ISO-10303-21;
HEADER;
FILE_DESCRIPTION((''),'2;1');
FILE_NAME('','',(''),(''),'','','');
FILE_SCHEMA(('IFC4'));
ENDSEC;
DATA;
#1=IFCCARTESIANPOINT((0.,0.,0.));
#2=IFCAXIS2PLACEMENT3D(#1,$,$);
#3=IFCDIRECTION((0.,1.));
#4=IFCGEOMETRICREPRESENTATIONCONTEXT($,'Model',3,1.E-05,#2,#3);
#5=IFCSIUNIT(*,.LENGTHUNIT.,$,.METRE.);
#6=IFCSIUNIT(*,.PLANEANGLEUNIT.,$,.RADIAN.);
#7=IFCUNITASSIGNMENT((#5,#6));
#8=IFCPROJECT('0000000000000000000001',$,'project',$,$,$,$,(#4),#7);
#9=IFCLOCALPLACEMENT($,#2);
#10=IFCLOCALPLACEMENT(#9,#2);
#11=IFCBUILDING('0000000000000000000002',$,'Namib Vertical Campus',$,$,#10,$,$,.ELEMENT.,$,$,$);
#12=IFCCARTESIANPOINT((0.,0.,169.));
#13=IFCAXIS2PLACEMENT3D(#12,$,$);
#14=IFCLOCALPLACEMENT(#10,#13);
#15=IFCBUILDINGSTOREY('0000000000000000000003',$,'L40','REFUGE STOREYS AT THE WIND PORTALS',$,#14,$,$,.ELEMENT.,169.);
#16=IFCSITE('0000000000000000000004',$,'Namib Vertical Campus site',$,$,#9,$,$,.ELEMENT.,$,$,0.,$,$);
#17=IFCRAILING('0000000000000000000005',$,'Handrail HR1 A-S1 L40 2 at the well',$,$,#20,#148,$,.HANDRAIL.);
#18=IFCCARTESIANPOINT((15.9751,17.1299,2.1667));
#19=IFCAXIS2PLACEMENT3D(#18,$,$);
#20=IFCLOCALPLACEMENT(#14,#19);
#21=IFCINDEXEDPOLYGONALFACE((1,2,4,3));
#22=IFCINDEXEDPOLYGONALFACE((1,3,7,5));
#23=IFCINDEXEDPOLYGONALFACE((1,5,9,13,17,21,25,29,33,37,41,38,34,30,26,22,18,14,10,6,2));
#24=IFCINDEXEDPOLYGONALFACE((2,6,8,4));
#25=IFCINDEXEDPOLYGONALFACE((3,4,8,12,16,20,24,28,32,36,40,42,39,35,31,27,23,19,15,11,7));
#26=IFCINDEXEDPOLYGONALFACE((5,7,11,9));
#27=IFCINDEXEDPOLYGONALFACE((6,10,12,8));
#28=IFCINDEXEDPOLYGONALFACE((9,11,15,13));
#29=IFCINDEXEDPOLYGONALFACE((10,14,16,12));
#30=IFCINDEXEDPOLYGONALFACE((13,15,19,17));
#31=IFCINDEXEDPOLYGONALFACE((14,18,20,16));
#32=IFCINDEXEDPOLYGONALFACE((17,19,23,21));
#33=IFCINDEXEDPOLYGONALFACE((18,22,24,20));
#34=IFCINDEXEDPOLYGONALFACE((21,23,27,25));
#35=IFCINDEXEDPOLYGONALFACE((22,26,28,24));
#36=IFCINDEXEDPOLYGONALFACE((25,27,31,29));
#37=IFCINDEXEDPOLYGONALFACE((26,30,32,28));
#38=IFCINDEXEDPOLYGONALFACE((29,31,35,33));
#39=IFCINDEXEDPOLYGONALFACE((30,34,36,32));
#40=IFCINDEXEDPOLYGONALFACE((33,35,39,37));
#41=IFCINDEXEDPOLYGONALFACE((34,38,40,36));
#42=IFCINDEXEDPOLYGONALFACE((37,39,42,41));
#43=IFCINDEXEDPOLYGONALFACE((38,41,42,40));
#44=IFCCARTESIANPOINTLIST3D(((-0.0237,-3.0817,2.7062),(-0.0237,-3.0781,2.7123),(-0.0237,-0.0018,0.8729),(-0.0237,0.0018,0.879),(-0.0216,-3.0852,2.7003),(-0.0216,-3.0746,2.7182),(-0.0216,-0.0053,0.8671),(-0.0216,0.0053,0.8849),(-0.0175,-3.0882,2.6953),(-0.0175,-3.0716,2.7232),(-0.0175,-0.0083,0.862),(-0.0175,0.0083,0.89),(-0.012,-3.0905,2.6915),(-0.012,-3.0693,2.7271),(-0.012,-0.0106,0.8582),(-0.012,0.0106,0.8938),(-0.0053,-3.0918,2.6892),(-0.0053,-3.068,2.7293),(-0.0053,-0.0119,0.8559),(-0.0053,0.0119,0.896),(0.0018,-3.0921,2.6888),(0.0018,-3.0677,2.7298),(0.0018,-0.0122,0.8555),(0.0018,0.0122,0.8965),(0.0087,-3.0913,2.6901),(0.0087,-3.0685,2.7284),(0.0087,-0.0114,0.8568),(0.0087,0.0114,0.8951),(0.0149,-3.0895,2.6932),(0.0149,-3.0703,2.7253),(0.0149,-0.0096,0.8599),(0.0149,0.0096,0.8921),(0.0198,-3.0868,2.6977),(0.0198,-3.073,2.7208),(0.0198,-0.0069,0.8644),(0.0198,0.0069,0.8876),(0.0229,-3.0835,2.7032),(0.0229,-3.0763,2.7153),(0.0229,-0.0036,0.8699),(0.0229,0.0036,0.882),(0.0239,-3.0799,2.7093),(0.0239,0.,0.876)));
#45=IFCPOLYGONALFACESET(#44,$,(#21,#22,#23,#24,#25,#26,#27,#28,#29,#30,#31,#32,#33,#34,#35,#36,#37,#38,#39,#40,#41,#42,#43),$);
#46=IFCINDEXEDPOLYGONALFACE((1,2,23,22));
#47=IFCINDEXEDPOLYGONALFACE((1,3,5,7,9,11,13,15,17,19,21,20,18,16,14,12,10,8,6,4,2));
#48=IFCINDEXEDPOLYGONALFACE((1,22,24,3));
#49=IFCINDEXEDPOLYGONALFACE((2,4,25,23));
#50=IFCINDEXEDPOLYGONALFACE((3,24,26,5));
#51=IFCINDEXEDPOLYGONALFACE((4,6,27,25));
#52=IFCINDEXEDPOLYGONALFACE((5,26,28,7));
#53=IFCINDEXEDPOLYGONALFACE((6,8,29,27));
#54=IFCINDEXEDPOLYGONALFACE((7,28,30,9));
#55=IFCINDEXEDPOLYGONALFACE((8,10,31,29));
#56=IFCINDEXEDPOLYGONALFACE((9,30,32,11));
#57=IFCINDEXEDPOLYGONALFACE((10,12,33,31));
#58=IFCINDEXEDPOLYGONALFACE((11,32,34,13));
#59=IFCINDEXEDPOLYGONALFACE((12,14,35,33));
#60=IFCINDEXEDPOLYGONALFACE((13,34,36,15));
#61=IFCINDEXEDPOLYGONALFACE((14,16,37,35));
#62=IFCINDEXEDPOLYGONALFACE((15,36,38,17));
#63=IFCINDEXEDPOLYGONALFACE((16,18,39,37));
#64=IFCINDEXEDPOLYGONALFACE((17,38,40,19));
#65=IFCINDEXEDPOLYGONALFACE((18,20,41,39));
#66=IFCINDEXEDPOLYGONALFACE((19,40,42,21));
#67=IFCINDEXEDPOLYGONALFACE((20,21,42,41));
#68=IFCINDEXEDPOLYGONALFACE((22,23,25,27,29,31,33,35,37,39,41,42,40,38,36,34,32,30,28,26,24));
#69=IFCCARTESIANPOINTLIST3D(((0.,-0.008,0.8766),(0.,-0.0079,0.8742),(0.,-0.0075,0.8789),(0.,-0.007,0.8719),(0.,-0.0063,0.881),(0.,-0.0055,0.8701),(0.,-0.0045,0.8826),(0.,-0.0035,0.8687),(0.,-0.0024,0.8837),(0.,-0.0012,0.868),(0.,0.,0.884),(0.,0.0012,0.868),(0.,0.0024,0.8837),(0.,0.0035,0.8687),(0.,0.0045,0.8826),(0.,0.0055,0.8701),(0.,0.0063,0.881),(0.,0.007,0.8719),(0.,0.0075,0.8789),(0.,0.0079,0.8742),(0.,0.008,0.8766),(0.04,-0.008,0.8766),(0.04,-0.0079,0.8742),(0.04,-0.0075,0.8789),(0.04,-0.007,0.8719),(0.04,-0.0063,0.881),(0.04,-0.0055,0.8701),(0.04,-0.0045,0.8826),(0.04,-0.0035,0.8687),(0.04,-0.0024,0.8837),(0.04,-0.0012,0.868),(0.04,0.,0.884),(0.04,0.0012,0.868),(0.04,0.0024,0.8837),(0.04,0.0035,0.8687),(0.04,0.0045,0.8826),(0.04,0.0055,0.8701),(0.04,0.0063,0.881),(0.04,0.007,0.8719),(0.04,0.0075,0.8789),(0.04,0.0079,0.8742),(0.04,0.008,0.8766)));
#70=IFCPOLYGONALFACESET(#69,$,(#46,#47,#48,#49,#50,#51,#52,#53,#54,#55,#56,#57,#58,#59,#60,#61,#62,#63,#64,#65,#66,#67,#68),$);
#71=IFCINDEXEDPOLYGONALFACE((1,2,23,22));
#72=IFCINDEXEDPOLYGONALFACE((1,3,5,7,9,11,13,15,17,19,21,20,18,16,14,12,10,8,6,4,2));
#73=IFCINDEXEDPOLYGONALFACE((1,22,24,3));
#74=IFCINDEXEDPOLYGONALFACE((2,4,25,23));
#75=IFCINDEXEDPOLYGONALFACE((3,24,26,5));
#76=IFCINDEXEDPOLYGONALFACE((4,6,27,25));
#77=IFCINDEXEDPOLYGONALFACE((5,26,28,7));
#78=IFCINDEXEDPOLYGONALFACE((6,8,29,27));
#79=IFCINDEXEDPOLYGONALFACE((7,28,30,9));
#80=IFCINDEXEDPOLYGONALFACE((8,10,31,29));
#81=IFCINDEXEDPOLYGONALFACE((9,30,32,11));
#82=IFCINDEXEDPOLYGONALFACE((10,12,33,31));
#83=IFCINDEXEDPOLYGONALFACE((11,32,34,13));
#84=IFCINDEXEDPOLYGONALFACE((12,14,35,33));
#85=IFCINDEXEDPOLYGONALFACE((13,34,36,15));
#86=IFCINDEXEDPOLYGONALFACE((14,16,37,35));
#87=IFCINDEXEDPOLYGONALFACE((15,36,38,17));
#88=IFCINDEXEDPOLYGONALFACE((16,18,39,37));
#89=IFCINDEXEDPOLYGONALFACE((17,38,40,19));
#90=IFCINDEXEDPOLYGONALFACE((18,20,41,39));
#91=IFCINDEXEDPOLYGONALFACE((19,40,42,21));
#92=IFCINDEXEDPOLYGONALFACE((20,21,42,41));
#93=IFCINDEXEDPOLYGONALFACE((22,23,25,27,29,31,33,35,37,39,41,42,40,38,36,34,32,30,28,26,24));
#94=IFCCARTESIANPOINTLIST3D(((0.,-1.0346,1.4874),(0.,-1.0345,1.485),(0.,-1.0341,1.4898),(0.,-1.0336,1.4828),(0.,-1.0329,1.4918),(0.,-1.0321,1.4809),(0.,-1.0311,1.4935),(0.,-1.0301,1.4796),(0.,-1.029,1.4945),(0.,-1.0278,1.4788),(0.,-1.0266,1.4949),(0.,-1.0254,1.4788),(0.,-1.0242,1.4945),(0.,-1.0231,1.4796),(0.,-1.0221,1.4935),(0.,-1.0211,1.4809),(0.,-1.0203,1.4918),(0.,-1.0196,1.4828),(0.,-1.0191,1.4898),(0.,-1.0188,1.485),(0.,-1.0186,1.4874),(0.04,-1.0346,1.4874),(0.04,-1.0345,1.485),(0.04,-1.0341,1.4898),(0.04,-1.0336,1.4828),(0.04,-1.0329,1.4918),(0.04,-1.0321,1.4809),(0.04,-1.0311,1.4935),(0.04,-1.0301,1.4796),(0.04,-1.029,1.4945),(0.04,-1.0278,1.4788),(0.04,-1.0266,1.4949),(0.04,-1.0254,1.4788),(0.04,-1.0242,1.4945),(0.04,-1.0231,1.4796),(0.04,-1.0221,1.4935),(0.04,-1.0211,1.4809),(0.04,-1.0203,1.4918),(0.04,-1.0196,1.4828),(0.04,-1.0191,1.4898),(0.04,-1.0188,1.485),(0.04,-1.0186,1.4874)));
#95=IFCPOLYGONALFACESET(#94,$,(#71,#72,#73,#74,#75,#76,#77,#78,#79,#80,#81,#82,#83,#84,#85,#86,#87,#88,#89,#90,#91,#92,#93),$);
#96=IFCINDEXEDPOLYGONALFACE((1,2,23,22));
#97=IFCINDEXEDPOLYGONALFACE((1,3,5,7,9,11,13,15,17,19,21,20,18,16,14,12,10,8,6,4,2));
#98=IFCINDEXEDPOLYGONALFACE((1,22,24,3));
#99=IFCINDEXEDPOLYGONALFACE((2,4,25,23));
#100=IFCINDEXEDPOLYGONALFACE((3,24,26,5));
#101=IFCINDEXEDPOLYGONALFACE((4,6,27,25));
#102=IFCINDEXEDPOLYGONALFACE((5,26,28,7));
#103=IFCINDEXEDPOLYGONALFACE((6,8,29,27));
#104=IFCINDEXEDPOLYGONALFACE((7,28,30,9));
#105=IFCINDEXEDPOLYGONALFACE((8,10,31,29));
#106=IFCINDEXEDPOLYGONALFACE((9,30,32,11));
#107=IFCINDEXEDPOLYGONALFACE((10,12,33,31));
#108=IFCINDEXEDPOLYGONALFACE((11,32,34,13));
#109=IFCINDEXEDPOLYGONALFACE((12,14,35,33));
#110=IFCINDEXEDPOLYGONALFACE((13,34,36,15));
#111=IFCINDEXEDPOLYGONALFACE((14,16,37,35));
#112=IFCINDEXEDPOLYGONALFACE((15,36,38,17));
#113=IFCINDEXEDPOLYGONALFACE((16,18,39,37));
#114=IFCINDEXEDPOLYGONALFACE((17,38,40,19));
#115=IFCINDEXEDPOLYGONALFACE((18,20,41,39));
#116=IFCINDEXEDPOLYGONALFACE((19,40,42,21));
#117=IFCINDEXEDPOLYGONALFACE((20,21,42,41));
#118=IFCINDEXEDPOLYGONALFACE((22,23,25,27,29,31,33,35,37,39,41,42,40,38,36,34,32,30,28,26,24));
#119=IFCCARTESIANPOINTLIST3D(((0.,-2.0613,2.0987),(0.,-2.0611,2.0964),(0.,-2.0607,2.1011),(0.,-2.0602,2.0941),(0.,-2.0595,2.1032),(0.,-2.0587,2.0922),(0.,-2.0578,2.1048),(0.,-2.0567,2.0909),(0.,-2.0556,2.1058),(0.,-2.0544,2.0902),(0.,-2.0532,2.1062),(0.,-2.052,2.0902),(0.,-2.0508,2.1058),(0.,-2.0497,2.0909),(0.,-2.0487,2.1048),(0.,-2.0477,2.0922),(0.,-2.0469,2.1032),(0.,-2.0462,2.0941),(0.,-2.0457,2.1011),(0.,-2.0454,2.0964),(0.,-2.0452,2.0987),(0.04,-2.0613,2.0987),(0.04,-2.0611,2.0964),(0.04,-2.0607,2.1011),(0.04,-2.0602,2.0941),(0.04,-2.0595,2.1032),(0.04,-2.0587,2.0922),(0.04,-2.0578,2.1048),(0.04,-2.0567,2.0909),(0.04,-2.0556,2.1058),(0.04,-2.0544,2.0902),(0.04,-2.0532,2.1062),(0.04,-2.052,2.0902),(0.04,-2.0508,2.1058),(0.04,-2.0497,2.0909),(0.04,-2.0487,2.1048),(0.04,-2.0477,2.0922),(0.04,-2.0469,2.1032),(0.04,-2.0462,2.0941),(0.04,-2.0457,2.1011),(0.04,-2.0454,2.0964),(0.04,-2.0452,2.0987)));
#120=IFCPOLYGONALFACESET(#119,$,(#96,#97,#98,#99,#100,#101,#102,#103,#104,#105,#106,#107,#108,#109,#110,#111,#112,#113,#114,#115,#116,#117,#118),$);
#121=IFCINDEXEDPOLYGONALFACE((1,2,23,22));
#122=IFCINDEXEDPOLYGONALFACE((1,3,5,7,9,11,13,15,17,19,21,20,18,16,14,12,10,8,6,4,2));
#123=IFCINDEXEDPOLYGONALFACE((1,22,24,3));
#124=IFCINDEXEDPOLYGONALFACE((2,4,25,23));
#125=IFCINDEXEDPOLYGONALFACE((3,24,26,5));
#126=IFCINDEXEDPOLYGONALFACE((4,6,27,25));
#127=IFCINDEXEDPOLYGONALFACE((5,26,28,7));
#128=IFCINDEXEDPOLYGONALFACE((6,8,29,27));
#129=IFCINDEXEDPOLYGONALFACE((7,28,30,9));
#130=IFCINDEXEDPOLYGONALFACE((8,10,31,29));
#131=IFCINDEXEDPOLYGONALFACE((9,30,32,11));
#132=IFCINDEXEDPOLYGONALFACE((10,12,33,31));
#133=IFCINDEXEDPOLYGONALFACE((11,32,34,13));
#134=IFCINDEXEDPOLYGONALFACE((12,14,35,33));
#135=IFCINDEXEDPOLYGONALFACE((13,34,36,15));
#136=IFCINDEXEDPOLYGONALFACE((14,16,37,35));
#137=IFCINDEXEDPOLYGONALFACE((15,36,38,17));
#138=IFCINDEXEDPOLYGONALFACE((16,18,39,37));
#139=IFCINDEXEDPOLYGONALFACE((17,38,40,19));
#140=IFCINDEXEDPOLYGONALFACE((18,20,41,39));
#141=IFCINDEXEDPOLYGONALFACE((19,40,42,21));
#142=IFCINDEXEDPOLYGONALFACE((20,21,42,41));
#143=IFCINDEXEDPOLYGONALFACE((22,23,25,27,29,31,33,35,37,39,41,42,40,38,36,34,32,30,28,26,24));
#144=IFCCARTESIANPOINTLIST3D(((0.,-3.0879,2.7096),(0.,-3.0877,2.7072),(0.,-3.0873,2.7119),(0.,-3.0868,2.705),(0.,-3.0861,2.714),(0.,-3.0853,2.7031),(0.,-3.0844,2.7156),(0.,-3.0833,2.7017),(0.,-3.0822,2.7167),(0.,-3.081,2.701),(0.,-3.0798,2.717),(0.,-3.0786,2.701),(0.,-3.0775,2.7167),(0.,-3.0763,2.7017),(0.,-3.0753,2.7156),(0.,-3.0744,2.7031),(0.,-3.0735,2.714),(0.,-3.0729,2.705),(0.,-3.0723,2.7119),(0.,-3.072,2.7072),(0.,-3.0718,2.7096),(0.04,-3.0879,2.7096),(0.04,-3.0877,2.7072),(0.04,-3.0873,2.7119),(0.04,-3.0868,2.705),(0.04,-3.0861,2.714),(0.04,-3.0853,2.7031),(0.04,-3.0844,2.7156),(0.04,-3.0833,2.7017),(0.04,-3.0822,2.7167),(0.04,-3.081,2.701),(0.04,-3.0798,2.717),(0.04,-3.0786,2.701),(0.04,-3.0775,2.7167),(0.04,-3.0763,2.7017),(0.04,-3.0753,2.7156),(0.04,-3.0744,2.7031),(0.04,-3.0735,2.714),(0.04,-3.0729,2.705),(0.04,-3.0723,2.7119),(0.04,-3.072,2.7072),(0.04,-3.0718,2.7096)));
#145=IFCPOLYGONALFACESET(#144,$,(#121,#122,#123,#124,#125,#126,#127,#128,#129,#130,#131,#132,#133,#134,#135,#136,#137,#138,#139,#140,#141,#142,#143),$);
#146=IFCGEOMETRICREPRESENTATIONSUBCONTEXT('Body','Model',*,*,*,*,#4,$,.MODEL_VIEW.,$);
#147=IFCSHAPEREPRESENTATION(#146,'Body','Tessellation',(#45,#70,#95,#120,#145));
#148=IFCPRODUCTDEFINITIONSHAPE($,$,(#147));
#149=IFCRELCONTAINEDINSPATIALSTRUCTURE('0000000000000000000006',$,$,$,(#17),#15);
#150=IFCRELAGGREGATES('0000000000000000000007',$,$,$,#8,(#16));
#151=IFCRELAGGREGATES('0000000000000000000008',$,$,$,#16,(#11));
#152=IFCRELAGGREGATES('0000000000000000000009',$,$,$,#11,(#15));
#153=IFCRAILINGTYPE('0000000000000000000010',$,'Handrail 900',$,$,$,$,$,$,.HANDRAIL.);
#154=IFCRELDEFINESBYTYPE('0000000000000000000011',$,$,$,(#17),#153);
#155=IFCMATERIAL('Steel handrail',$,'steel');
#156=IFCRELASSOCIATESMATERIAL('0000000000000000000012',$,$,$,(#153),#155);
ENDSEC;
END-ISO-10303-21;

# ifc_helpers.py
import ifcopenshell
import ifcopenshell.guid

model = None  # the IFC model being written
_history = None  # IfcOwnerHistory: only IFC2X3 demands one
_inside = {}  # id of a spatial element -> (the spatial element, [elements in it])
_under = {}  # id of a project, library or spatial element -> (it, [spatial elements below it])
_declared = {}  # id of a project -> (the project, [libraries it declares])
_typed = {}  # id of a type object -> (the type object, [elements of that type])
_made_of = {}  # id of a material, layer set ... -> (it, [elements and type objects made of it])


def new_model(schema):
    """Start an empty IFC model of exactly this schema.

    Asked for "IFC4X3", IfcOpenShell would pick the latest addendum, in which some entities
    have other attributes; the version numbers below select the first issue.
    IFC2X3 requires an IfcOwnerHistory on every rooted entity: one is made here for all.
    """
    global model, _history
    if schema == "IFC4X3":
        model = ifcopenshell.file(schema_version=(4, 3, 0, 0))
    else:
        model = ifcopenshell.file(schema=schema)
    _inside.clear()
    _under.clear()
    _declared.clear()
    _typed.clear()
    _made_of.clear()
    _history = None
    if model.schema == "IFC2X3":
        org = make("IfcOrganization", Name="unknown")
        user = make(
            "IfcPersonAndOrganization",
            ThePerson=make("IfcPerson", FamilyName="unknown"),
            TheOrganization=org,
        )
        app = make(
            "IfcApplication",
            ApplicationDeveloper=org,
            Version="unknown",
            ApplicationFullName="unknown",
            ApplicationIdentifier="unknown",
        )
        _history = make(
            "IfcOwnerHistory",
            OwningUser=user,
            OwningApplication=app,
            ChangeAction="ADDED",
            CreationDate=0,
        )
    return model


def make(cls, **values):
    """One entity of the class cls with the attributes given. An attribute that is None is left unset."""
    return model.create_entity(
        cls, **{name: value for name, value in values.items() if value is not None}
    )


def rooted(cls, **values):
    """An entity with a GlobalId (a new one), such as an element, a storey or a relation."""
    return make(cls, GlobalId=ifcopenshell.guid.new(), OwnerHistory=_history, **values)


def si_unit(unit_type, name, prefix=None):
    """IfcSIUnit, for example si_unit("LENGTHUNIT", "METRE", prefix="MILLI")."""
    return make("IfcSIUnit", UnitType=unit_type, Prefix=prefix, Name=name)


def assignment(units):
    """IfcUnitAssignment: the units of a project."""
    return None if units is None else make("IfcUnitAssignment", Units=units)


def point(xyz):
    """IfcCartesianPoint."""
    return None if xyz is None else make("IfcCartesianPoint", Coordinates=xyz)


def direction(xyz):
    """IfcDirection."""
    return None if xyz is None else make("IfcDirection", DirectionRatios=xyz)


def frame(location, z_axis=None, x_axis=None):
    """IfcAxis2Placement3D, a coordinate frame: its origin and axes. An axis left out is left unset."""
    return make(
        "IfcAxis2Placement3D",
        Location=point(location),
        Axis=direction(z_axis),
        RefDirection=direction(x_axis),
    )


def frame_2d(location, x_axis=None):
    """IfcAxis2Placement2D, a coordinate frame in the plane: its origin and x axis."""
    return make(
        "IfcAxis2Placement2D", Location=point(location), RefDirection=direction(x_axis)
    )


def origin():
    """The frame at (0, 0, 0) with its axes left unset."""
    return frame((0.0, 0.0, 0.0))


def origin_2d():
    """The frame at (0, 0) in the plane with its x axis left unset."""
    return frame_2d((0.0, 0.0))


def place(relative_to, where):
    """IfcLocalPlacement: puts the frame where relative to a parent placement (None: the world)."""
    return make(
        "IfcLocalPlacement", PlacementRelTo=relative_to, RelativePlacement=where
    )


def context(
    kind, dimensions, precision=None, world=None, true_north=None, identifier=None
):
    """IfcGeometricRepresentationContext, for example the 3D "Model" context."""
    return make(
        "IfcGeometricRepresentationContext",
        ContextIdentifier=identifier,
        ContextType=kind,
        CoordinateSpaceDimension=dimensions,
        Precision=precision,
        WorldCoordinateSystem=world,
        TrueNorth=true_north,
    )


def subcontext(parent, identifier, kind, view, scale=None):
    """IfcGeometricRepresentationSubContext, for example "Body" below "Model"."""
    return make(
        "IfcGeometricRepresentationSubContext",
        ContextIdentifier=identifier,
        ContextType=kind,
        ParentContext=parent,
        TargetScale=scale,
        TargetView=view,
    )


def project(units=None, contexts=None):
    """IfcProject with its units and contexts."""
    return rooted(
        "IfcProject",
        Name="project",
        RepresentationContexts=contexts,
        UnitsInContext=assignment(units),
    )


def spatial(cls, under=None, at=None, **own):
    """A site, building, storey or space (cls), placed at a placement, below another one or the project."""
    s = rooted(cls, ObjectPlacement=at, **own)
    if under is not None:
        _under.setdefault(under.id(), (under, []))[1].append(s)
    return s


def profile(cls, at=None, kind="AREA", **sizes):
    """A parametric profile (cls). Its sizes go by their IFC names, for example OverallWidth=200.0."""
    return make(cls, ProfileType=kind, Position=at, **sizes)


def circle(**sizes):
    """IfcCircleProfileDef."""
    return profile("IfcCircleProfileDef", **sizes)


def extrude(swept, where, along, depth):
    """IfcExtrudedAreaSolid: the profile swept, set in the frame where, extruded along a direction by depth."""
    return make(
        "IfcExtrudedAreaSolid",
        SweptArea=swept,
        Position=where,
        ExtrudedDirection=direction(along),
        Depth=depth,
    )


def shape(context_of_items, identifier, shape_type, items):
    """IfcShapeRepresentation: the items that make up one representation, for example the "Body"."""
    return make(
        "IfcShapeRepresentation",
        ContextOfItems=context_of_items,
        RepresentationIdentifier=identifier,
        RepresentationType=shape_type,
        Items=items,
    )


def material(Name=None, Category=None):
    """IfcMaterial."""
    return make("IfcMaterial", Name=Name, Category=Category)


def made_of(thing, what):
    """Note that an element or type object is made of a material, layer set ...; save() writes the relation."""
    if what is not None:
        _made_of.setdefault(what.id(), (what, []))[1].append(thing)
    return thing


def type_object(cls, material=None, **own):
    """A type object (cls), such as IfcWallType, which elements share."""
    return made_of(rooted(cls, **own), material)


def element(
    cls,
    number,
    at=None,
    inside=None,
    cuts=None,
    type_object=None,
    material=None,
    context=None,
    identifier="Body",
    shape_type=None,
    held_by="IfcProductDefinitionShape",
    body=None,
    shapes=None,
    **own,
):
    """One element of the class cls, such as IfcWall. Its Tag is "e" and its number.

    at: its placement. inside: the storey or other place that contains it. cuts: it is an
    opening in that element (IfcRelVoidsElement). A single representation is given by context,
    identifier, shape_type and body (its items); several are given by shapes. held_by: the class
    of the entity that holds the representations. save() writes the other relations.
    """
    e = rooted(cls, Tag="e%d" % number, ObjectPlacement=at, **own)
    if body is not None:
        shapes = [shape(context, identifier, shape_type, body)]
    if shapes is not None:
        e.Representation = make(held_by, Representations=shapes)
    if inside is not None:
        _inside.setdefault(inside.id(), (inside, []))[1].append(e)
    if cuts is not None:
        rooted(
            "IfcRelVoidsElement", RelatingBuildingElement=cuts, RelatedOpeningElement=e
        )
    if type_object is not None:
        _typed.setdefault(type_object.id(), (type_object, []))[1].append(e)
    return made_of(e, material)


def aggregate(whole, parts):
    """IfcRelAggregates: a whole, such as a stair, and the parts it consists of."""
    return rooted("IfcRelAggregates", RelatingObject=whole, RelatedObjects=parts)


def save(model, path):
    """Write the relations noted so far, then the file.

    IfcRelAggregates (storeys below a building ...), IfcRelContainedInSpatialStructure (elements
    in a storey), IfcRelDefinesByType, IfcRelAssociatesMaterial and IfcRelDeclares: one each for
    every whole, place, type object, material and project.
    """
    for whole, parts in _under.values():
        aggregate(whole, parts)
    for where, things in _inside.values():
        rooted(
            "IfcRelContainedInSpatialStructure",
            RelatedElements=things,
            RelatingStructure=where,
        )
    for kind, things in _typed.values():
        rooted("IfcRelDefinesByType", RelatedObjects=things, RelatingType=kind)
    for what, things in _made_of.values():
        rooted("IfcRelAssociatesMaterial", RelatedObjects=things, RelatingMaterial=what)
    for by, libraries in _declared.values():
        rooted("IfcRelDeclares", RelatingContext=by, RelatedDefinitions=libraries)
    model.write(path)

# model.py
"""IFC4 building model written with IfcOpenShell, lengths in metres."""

from ifc_helpers import new_model, si_unit, direction, frame, origin, origin_2d, place, context, subcontext, project, spatial, circle, extrude, material, type_object, element, save


model = new_model("IFC4")

# Units and contexts
model_context = context("Model", 3, precision=1e-05, world=origin(), true_north=direction((0.0, 1.0)))
body_context = subcontext(model_context, "Body", "Model", "MODEL_VIEW")
ifc_project = project(units=[si_unit("LENGTHUNIT", "METRE"), si_unit("PLANEANGLEUNIT", "RADIAN")], contexts=[model_context])

# Site, building, storey
site_placement = place(None, origin())
site = spatial("IfcSite", under=ifc_project, at=site_placement, Name="Namib Vertical Campus site", CompositionType="ELEMENT", RefElevation=0.0)
building_placement = place(site_placement, origin())
building = spatial("IfcBuilding", under=site, at=building_placement, Name="Namib Vertical Campus", CompositionType="ELEMENT")
storey_placement = place(building_placement, frame((0.0, 0.0, 169.0)))
storey = spatial("IfcBuildingStorey", under=building, at=storey_placement, Name="L40", Description="REFUGE STOREYS AT THE WIND PORTALS", CompositionType="ELEMENT", Elevation=169.0)

# Railing
ifc_material_1 = material(Name="Steel handrail", Category="steel")
railing_type_1 = type_object("IfcRailingType", Name="Handrail 900", PredefinedType="HANDRAIL", material=ifc_material_1)
for number, where, name in (
    (1, (15.9751, 17.1299, 2.1667), "Handrail HR1 A-S1 L40 2 at the well"),
):
    element("IfcRailing", number, at=place(storey_placement, frame(where)), inside=storey, type_object=railing_type_1, Name=name, PredefinedType="HANDRAIL", context=body_context, shape_type="SweptSolid", body=[
        extrude(circle(Radius=0.0239, at=origin_2d()), frame((0.0, 0.0, 0.876), z_axis=(0.0, -0.859291, 0.511487), x_axis=(1.0, 0.0, 0.0)), (0.0, 0.0, 1.0), 3.5842),
        extrude(circle(Radius=0.0081, at=origin_2d()), frame((0.0, 0.0, 0.876), z_axis=(1.0, 0.0, 0.0), x_axis=(0.0, 0.0, 1.0)), (0.0, 0.0, 1.0), 0.04),
        extrude(circle(Radius=0.0081, at=origin_2d()), frame((0.0, -1.0266, 1.4868), z_axis=(1.0, 0.0, 0.0), x_axis=(0.0, 0.0, 1.0)), (0.0, 0.0, 1.0), 0.04),
        extrude(circle(Radius=0.0081, at=origin_2d()), frame((0.0, -2.0532, 2.0981), z_axis=(1.0, 0.0, 0.0), x_axis=(0.0, 0.0, 1.0)), (0.0, 0.0, 1.0), 0.04),
        extrude(circle(Radius=0.0081, at=origin_2d()), frame((0.0, -3.0798, 2.709), z_axis=(1.0, 0.0, 0.0), x_axis=(0.0, 0.0, 1.0)), (0.0, 0.0, 1.0), 0.04),
    ])

save(model, "model.ifc")
